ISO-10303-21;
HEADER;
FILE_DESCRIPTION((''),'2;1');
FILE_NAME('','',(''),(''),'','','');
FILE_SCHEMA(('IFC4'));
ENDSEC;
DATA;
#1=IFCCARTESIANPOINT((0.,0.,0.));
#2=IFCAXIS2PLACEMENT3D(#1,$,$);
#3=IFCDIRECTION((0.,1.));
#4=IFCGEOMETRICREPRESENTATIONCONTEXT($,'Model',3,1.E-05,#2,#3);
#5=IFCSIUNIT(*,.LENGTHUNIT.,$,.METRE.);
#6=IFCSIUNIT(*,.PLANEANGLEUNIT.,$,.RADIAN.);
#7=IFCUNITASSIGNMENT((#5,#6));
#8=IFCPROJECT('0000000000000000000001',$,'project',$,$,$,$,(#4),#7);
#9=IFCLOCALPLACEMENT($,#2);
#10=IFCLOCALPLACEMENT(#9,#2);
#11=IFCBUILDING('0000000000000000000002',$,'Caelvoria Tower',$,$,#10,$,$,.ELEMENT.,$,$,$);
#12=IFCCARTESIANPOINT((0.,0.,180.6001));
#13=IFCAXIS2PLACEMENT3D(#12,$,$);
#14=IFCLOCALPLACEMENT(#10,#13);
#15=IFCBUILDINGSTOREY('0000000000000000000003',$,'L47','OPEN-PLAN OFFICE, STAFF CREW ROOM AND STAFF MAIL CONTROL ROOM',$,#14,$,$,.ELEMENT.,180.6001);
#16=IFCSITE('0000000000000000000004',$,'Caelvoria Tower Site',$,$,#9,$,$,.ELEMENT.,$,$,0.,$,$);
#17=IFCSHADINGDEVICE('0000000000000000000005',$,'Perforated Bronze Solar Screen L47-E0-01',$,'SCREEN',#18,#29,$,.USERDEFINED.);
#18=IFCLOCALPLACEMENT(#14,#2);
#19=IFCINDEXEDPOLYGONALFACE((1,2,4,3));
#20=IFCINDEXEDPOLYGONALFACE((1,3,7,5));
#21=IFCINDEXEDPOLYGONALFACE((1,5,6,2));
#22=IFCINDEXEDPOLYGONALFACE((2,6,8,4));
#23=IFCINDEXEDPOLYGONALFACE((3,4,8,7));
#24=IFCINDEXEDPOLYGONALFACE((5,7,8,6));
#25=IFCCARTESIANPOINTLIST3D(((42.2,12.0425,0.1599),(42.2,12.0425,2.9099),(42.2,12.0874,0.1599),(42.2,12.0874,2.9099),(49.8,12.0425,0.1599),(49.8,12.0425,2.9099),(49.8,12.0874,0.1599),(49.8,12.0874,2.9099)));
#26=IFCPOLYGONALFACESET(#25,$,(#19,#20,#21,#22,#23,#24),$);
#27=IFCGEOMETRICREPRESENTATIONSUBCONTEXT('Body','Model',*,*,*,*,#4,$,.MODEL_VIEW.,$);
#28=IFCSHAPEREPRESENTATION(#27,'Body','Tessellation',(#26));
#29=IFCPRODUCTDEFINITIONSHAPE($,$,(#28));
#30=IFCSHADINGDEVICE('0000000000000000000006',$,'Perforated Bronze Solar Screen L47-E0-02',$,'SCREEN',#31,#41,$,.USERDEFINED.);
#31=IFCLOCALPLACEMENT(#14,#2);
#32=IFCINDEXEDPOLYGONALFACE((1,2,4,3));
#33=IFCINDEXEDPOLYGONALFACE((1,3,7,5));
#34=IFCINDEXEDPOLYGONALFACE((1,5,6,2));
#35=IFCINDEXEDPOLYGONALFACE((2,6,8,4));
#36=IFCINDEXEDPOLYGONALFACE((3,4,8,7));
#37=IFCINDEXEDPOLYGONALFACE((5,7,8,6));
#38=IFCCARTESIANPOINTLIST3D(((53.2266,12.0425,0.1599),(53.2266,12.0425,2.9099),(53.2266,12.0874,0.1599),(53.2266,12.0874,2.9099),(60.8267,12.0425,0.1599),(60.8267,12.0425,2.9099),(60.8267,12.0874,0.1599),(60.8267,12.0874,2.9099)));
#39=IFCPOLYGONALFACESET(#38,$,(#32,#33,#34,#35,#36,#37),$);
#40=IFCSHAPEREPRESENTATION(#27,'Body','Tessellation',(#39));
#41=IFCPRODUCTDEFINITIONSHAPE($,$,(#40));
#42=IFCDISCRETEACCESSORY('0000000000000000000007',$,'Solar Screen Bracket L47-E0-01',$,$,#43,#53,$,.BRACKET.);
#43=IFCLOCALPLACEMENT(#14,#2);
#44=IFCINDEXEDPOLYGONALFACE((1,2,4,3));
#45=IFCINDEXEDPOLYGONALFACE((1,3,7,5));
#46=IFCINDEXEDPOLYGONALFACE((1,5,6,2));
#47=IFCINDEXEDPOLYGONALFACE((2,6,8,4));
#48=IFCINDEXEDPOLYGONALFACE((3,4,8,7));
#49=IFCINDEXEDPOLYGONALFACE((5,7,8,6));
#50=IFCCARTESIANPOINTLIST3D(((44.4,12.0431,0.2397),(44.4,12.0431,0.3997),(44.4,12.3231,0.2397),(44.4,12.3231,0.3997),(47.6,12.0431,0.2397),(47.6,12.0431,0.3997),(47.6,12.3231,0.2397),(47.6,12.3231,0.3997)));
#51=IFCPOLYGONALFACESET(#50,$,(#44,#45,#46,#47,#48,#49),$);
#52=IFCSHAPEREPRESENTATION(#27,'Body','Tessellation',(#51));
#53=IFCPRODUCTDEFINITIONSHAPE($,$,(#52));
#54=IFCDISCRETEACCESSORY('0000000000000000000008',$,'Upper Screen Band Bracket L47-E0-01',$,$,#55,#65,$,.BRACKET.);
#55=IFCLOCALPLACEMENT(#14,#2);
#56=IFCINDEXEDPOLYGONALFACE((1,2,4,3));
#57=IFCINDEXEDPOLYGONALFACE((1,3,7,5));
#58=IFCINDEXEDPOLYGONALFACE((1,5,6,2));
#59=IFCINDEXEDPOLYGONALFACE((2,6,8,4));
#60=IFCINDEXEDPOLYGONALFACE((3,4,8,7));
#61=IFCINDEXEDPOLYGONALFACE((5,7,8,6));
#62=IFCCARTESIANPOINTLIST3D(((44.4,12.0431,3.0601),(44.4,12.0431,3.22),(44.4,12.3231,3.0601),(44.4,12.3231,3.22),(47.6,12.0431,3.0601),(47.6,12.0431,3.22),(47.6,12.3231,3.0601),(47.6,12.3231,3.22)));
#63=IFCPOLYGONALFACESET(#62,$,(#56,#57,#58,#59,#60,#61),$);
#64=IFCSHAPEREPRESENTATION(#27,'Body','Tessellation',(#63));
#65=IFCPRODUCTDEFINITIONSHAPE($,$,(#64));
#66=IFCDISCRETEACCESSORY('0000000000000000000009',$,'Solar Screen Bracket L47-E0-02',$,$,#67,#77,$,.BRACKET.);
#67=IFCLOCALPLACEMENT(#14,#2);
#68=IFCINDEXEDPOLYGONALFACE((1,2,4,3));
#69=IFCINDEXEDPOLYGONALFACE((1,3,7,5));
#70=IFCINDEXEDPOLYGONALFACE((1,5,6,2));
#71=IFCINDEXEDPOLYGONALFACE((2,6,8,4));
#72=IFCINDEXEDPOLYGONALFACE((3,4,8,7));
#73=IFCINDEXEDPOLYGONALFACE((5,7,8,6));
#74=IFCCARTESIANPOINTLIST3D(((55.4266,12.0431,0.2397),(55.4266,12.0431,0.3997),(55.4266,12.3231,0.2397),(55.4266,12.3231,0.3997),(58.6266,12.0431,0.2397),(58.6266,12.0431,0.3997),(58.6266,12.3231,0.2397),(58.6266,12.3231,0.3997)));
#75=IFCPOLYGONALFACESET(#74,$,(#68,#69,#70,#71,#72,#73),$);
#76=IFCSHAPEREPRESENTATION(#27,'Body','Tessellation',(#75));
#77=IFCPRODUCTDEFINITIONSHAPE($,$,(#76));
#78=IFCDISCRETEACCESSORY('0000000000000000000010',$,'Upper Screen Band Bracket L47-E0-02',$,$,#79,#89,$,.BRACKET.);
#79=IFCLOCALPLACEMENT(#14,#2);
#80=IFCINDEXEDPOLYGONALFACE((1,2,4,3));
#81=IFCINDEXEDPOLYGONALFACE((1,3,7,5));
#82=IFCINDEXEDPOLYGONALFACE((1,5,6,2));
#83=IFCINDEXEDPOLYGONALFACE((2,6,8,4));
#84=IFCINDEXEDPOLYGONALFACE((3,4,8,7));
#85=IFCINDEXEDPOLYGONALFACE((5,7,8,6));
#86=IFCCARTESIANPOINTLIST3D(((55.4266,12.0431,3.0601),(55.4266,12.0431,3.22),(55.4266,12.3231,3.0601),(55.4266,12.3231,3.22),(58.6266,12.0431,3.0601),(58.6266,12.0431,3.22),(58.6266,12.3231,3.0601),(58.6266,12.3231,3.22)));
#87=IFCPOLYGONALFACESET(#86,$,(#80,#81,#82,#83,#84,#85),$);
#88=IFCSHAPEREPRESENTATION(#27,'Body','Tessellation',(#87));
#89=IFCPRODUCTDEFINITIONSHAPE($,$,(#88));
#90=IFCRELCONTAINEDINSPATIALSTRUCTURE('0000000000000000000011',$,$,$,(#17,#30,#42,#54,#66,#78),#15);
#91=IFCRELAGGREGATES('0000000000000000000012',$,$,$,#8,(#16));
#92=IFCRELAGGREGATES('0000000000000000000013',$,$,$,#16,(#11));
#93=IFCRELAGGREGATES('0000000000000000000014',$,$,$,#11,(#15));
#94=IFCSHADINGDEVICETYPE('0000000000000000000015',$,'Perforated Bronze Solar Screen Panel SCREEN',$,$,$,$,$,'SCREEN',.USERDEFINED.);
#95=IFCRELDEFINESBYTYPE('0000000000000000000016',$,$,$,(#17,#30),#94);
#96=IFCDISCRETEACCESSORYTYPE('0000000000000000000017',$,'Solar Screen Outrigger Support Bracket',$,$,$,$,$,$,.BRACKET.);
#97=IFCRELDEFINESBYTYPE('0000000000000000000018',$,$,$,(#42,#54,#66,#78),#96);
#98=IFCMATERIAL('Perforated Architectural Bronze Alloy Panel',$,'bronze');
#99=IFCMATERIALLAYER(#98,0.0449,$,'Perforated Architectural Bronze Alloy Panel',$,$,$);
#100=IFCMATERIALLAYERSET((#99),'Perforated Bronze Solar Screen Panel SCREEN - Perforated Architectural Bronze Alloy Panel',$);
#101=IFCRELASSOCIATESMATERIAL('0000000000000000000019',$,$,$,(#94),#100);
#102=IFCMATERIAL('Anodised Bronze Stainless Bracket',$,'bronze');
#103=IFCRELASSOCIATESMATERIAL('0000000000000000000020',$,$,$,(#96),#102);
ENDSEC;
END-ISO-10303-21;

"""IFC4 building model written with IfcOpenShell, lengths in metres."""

from ifc_helpers import new_model, si_unit, direction, frame, origin, origin_2d, place, context, subcontext, project, spatial, rectangle, extrude, material, layer, layer_set, type_object, element, save


model = new_model("IFC4")

# Units and contexts
model_context = context("Model", 3, precision=1e-05, world=origin(), true_north=direction((0.0, 1.0)))
body_context = subcontext(model_context, "Body", "Model", "MODEL_VIEW")
ifc_project = project(units=[si_unit("LENGTHUNIT", "METRE"), si_unit("PLANEANGLEUNIT", "RADIAN")], contexts=[model_context])

# Site, building, storey
site_placement = place(None, origin())
site = spatial("IfcSite", under=ifc_project, at=site_placement, Name="Caelvoria Tower Site", CompositionType="ELEMENT", RefElevation=0.0)
building_placement = place(site_placement, origin())
building = spatial("IfcBuilding", under=site, at=building_placement, Name="Caelvoria Tower", CompositionType="ELEMENT")
storey_placement = place(building_placement, frame((0.0, 0.0, 180.6001)))
storey = spatial("IfcBuildingStorey", under=building, at=storey_placement, Name="L47", Description="OPEN-PLAN OFFICE, STAFF CREW ROOM AND STAFF MAIL CONTROL ROOM", CompositionType="ELEMENT", Elevation=180.6001)

# Shading devices
ifc_material_1 = material(Name="Perforated Architectural Bronze Alloy Panel", Category="bronze")
ifc_layer_1 = layer(ifc_material_1, 0.0449, Name="Perforated Architectural Bronze Alloy Panel")
ifc_layer_set_1 = layer_set([ifc_layer_1], Name="Perforated Bronze Solar Screen Panel SCREEN - Perforated Architectural Bronze Alloy Panel")
shading_device_type = type_object("IfcShadingDeviceType", Name="Perforated Bronze Solar Screen Panel SCREEN", ElementType="SCREEN", PredefinedType="USERDEFINED", material=ifc_layer_set_1)
for number, where, z_axis, x_axis, name in (
    (1, (46.0, 12.0649, 0.1599), (0.0, 0.0, 1.0), (1.0, 0.0, 0.0), "Perforated Bronze Solar Screen L47-E0-01"),
    (2, (57.0266, 12.0649, 0.1599), (0.0, 0.0, 1.0), (1.0, 0.0, 0.0), "Perforated Bronze Solar Screen L47-E0-02"),
):
    element("IfcShadingDevice", number, at=place(storey_placement, frame(where, z_axis=z_axis, x_axis=x_axis)), inside=storey, type_object=shading_device_type, Name=name, ObjectType="SCREEN", PredefinedType="USERDEFINED", context=body_context, shape_type="SweptSolid", body=[
        extrude(rectangle(XDim=7.6001, YDim=0.0449, at=origin_2d()), origin(), (0.0, 0.0, 1.0), 2.75),
    ])

# Discrete accessories
ifc_material_2 = material(Name="Anodised Bronze Stainless Bracket", Category="bronze")
discrete_accessory_type = type_object("IfcDiscreteAccessoryType", Name="Solar Screen Outrigger Support Bracket", PredefinedType="BRACKET", material=ifc_material_2)
for number, where, z_axis, x_axis, name in (
    (3, (46.0, 12.1831, 0.2397), (0.0, 0.0, 1.0), (1.0, 0.0, 0.0), "Solar Screen Bracket L47-E0-01"),
    (4, (46.0, 12.1831, 3.0601), (0.0, 0.0, 1.0), (1.0, 0.0, 0.0), "Upper Screen Band Bracket L47-E0-01"),
    (5, (57.0266, 12.1831, 0.2397), (0.0, 0.0, 1.0), (1.0, 0.0, 0.0), "Solar Screen Bracket L47-E0-02"),
    (6, (57.0266, 12.1831, 3.0601), (0.0, 0.0, 1.0), (1.0, 0.0, 0.0), "Upper Screen Band Bracket L47-E0-02"),
):
    element("IfcDiscreteAccessory", number, at=place(storey_placement, frame(where, z_axis=z_axis, x_axis=x_axis)), inside=storey, type_object=discrete_accessory_type, Name=name, PredefinedType="BRACKET", context=body_context, shape_type="SweptSolid", body=[
        extrude(rectangle(XDim=3.2, YDim=0.28, at=origin_2d()), origin(), (0.0, 0.0, 1.0), 0.1599),
    ])

save(model, "model.ifc")
